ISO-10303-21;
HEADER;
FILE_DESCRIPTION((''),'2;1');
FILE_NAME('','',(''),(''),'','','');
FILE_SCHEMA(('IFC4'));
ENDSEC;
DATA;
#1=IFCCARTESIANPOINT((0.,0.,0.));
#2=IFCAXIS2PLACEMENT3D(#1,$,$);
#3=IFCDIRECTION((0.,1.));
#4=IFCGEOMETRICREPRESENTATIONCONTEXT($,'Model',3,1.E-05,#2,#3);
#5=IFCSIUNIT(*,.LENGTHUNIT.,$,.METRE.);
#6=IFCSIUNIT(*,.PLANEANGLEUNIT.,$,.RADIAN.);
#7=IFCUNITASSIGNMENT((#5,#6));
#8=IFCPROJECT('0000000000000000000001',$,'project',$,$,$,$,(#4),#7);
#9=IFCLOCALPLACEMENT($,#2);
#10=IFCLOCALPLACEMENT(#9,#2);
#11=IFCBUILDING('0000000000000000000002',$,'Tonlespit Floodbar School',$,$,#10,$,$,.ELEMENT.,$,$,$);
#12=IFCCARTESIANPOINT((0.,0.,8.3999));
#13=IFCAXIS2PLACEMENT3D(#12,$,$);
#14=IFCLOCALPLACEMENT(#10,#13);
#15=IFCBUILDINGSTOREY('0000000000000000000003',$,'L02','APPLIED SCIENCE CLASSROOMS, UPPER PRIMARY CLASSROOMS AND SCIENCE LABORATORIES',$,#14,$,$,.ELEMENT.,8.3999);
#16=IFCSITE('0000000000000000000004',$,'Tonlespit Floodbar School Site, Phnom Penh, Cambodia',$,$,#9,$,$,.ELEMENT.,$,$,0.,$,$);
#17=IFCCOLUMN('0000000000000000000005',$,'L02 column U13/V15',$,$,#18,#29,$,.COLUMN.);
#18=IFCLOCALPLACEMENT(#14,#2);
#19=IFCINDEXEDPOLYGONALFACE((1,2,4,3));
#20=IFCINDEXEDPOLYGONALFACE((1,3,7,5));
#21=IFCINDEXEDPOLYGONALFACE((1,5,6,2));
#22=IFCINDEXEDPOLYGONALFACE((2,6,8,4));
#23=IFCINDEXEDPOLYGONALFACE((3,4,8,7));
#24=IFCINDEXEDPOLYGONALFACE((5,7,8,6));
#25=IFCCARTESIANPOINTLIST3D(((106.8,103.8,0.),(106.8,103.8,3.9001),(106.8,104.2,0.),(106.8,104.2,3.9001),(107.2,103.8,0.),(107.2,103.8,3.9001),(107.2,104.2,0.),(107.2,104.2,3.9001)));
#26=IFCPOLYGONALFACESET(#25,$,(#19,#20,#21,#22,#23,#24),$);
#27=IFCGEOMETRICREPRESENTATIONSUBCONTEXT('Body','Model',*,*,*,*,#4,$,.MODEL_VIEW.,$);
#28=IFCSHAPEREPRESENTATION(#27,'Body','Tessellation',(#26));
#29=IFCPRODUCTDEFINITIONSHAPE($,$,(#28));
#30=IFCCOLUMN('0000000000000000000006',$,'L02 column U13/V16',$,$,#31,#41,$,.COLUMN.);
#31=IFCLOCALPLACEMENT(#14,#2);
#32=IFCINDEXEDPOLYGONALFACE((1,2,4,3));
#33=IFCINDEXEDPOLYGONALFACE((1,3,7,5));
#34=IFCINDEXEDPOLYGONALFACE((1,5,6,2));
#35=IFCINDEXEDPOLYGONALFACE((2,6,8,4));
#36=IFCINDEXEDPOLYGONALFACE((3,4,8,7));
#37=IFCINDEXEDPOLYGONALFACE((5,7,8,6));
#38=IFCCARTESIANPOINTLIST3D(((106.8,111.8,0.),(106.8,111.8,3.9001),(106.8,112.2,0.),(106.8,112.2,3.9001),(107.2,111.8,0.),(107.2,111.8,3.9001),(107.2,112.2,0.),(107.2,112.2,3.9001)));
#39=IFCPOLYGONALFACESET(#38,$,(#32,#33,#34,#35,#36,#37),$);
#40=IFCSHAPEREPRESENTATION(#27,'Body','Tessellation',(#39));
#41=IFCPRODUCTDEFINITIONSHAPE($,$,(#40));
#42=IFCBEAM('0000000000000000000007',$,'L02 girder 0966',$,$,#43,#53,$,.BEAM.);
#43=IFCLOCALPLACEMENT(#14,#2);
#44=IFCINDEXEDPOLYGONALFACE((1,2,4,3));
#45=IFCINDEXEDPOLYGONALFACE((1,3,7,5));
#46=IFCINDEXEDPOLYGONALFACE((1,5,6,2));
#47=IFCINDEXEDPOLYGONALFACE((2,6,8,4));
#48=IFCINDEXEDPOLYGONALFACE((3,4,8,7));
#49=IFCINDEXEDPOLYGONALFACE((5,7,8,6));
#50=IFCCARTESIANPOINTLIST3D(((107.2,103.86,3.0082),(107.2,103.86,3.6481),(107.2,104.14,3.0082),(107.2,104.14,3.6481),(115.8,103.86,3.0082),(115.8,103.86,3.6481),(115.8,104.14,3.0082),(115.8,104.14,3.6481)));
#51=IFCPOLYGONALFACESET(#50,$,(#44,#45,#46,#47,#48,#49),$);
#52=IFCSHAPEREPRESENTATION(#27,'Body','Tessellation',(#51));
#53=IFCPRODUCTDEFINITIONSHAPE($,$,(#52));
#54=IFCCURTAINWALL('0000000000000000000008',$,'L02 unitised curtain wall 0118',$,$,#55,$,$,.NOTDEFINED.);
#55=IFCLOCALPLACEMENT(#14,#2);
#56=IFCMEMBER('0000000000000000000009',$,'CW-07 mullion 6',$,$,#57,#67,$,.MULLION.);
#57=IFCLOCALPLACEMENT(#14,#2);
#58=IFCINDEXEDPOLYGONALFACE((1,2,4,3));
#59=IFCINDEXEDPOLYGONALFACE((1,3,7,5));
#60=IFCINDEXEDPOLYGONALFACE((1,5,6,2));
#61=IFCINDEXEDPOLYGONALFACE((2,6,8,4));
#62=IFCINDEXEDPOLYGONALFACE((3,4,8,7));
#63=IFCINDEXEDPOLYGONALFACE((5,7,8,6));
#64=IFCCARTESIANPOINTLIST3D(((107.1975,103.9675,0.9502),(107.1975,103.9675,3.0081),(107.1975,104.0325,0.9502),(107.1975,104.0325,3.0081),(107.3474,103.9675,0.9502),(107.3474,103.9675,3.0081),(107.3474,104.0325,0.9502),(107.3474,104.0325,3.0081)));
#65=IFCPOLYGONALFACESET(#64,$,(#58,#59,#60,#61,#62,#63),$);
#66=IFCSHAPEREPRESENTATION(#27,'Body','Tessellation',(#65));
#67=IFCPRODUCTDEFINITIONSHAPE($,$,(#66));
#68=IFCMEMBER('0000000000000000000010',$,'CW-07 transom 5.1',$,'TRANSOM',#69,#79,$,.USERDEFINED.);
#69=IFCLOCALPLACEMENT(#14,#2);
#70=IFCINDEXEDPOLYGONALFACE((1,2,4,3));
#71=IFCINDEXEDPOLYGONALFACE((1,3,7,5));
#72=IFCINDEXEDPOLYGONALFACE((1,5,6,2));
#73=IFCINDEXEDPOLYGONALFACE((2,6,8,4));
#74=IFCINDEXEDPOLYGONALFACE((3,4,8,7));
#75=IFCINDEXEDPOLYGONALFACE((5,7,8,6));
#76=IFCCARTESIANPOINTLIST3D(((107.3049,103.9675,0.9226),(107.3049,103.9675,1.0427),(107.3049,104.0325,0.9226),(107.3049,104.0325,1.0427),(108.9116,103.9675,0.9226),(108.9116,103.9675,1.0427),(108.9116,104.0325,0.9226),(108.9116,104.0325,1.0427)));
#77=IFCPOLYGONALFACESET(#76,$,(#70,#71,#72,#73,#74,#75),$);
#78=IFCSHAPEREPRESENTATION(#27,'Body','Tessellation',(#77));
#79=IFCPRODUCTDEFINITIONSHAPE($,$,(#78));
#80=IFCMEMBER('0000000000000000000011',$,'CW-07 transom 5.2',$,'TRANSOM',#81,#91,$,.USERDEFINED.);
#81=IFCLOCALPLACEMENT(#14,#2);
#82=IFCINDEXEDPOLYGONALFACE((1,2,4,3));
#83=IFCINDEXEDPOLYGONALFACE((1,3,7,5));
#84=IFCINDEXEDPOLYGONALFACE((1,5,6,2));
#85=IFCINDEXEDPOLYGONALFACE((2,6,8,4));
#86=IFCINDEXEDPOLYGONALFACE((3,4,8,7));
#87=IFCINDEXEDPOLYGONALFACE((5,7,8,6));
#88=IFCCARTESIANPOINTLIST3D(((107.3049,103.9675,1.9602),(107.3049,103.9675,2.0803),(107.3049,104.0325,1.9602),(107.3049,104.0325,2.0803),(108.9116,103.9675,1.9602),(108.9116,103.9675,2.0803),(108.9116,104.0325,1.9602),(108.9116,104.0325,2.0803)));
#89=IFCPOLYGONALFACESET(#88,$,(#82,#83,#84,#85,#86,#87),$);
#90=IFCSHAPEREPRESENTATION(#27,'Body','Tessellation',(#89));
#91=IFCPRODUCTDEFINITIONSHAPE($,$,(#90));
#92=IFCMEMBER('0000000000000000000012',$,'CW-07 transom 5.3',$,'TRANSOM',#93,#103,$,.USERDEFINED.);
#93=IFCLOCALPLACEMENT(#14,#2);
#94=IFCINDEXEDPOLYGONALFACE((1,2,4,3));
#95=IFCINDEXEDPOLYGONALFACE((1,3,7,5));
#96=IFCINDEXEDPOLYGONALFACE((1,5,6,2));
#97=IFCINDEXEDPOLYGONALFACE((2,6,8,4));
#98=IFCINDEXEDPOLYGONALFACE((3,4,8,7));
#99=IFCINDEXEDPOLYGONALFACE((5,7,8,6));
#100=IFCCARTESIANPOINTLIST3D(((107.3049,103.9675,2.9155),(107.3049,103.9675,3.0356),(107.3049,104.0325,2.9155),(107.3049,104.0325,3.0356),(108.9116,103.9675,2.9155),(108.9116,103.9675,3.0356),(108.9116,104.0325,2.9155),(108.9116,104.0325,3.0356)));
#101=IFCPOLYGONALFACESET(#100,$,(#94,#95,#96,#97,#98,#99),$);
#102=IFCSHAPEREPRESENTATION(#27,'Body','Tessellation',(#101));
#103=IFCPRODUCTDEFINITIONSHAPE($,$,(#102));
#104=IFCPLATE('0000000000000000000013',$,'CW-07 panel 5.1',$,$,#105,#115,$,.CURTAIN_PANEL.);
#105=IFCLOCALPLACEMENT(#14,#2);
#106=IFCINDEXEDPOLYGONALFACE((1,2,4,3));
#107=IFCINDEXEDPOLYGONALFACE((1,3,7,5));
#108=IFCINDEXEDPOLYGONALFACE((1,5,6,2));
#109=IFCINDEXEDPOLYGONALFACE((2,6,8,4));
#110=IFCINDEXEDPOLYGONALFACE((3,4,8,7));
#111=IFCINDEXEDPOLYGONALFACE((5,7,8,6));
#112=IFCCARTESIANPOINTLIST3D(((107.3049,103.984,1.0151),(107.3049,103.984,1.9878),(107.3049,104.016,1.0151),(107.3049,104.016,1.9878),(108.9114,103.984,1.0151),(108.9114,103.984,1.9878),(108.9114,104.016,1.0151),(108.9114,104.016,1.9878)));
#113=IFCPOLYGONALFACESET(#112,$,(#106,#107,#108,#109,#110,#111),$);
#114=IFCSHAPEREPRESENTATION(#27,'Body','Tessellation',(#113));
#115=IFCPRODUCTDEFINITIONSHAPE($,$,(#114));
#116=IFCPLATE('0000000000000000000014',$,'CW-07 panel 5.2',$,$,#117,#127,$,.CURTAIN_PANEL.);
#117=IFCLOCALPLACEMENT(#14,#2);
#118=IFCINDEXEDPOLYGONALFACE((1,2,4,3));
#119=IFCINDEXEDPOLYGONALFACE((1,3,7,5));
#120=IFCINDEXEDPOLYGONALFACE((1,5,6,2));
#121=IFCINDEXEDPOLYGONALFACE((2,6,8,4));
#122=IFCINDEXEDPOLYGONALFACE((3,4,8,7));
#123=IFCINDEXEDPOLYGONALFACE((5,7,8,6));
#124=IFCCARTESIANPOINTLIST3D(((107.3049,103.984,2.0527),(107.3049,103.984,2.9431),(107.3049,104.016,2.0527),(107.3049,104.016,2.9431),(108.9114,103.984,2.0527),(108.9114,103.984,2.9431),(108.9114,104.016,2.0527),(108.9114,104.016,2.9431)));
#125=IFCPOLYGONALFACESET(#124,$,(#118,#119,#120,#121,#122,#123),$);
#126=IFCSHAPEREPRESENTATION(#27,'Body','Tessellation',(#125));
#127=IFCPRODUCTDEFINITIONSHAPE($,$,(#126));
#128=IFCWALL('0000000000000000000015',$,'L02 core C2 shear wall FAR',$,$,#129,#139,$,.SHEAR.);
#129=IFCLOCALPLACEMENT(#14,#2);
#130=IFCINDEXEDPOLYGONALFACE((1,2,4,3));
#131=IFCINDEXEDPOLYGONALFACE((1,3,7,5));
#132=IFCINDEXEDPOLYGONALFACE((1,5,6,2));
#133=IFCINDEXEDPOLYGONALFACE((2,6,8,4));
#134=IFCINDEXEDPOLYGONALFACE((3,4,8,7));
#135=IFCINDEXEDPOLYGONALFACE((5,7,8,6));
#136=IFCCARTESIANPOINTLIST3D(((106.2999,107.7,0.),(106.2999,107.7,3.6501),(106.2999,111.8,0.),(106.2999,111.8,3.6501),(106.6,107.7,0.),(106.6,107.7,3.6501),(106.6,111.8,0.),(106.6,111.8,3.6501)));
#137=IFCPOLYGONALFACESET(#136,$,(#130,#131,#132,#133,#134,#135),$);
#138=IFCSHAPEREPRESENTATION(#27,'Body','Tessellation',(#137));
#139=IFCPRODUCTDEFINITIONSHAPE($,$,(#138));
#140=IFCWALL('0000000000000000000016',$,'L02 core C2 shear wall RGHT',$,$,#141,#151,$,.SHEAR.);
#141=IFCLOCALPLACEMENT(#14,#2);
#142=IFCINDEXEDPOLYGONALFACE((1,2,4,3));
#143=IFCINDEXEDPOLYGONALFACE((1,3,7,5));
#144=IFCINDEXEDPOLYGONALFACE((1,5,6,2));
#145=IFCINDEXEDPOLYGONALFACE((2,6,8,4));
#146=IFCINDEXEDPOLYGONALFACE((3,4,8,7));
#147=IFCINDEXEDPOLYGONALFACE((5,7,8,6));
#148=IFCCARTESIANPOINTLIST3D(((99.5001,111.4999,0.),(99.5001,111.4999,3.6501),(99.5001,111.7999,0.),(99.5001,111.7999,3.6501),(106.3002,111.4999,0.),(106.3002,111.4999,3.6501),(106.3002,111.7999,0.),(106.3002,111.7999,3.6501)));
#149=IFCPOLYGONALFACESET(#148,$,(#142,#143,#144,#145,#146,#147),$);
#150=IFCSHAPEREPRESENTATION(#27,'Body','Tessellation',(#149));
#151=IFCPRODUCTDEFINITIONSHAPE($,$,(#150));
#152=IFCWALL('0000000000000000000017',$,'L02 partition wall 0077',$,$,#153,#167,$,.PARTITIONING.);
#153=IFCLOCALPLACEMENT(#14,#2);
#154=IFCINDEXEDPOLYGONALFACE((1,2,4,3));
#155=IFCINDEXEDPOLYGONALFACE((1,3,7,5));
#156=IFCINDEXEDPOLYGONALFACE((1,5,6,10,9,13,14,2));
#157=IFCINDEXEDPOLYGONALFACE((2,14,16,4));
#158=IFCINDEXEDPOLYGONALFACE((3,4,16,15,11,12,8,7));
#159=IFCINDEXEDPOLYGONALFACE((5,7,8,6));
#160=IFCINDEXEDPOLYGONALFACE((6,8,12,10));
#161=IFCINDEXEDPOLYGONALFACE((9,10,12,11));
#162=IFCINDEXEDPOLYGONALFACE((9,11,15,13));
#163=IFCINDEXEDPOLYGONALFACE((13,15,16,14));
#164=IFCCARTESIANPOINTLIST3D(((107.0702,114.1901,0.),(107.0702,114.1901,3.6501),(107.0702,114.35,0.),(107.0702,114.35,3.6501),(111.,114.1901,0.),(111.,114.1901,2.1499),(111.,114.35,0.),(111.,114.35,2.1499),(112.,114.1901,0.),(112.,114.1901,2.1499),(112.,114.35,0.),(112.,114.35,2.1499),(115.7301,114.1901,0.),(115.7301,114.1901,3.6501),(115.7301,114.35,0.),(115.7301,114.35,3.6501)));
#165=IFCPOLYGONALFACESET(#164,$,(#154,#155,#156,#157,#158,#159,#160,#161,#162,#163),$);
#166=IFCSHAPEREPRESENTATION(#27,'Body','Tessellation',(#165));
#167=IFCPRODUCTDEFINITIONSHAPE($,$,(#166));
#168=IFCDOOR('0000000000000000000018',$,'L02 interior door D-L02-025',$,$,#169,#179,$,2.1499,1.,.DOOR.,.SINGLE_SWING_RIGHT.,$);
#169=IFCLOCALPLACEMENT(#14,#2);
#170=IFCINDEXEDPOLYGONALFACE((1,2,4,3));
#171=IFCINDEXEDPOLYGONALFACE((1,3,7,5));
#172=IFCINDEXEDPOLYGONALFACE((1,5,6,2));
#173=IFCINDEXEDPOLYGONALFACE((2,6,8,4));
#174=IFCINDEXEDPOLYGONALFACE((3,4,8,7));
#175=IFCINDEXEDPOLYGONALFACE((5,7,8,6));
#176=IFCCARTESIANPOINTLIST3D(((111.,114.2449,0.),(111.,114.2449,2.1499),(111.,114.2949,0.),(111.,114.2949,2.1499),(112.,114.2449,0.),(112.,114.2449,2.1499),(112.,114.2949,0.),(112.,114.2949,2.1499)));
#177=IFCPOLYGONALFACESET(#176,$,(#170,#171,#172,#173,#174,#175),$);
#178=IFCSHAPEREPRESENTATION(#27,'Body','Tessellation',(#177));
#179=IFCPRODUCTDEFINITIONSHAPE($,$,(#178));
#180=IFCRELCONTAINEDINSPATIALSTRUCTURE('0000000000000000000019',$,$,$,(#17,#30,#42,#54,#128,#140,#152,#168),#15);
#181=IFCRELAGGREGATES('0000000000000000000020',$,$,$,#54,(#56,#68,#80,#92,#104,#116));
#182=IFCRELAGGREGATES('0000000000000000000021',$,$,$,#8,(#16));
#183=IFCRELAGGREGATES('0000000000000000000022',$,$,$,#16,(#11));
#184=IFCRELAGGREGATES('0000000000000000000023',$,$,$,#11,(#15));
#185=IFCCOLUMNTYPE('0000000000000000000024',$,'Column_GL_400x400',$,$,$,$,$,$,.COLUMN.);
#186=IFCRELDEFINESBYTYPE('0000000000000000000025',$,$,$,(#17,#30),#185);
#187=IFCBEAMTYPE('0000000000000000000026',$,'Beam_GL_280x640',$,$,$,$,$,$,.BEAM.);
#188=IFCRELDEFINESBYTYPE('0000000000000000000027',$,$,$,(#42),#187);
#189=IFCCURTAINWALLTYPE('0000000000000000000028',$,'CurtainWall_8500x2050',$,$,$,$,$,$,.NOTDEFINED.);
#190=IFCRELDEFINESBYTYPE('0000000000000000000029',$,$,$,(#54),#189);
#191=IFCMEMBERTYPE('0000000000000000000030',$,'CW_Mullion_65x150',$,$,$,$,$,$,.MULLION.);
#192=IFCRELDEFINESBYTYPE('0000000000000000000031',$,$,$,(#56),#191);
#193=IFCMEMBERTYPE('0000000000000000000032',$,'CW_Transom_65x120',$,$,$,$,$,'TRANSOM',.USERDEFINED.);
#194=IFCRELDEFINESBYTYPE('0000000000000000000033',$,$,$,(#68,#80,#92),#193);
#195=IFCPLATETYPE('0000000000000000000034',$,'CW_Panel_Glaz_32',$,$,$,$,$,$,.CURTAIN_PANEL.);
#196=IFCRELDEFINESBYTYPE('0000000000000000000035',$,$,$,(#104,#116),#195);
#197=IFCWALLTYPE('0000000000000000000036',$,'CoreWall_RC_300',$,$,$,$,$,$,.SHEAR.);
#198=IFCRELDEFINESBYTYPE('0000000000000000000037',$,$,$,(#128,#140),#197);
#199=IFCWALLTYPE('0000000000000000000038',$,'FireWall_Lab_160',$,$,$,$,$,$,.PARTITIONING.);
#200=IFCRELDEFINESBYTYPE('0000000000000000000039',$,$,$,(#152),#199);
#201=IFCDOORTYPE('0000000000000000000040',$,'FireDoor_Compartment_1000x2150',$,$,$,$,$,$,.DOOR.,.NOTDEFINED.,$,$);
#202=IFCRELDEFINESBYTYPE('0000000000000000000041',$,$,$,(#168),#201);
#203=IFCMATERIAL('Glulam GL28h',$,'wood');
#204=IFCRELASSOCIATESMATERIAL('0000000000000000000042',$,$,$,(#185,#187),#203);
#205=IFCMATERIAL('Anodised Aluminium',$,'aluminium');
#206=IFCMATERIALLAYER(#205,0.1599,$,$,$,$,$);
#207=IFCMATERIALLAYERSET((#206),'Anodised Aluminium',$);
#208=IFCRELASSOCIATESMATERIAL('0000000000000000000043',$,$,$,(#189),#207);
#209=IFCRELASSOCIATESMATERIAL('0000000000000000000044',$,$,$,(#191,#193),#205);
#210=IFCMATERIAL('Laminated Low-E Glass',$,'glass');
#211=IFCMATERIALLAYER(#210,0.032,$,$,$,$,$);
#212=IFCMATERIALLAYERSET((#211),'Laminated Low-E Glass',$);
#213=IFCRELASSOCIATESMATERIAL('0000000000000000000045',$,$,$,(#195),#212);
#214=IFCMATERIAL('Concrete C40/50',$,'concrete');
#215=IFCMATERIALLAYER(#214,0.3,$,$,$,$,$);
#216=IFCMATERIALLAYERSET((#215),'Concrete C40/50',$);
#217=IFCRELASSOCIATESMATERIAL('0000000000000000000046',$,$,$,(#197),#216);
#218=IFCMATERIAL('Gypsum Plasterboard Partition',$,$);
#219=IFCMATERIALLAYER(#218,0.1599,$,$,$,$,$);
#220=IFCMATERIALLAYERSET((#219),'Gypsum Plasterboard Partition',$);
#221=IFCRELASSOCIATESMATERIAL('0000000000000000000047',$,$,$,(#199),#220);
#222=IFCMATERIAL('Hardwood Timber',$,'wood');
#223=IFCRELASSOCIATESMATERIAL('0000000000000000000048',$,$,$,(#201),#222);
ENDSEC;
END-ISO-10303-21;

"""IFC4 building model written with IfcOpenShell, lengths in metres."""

from ifc_helpers import new_model, si_unit, direction, frame, frame_2d, origin, origin_2d, place, context, subcontext, project, spatial, rectangle, extrude, material, layer, layer_set, material_profile, profile_set, type_object, element, fill, aggregate, save


model = new_model("IFC4")

# Units and contexts
model_context = context("Model", 3, precision=1e-05, world=origin(), true_north=direction((0.0, 1.0)))
body_context = subcontext(model_context, "Body", "Model", "MODEL_VIEW")
ifc_project = project(units=[si_unit("LENGTHUNIT", "METRE"), si_unit("PLANEANGLEUNIT", "RADIAN")], contexts=[model_context])

# Site, building, storey
site_placement = place(None, origin())
site = spatial("IfcSite", under=ifc_project, at=site_placement, Name="Tonlespit Floodbar School Site, Phnom Penh, Cambodia", CompositionType="ELEMENT", RefElevation=0.0)
building_placement = place(site_placement, origin())
building = spatial("IfcBuilding", under=site, at=building_placement, Name="Tonlespit Floodbar School", CompositionType="ELEMENT")
storey_placement = place(building_placement, frame((0.0, 0.0, 8.3999)))
storey = spatial("IfcBuildingStorey", under=building, at=storey_placement, Name="L02", Description="APPLIED SCIENCE CLASSROOMS, UPPER PRIMARY CLASSROOMS AND SCIENCE LABORATORIES", CompositionType="ELEMENT", Elevation=8.3999)

# Columns
ifc_material_1 = material(Name="Glulam GL28h", Category="wood")
ifc_material_profile_1 = material_profile(ifc_material_1, rectangle(XDim=0.3999, YDim=0.3999, at=origin_2d()), Name="GL 400x400")
ifc_profile_set_1 = profile_set([ifc_material_profile_1], Name="Glulam GL28h")
column_type = type_object("IfcColumnType", Name="Column_GL_400x400", PredefinedType="COLUMN", material=ifc_profile_set_1)
for number, where, z_axis, x_axis, name in (
    (1, (107.0, 104.0, 0.0), (0.0, 0.0, 1.0), (1.0, 0.0, 0.0), "L02 column U13/V15"),
    (2, (107.0, 112.0, 0.0), (0.0, 0.0, 1.0), (1.0, 0.0, 0.0), "L02 column U13/V16"),
):
    element("IfcColumn", number, at=place(storey_placement, frame(where, z_axis=z_axis, x_axis=x_axis)), inside=storey, type_object=column_type, Name=name, PredefinedType="COLUMN", context=body_context, shape_type="SweptSolid", body=[
        extrude(rectangle(XDim=0.3999, YDim=0.3999, at=origin_2d()), origin(), (0.0, 0.0, 1.0), 3.9001),
    ])

# Beam
ifc_material_profile_2 = material_profile(ifc_material_1, rectangle(XDim=0.28, YDim=0.6399, at=origin_2d()), Name="GL 280x640")
ifc_profile_set_2 = profile_set([ifc_material_profile_2], Name="Glulam GL28h")
beam_type = type_object("IfcBeamType", Name="Beam_GL_280x640", PredefinedType="BEAM", material=ifc_profile_set_2)
beam_placement = place(storey_placement, frame((107.2, 104.0, 3.3281), z_axis=(1.0, 0.0, 0.0), x_axis=(0.0, 1.0, 0.0)))
element("IfcBeam", 3, at=beam_placement, inside=storey, type_object=beam_type, Name="L02 girder 0966", PredefinedType="BEAM", context=body_context, shape_type="SweptSolid", body=[
    extrude(rectangle(XDim=0.28, YDim=0.6399, at=origin_2d()), origin(), (0.0, 0.0, 1.0), 8.6001),
])

# Curtain wall, members, plates
ifc_material_2 = material(Name="Anodised Aluminium", Category="aluminium")
ifc_layer_1 = layer(ifc_material_2, 0.1599)
ifc_layer_set_1 = layer_set([ifc_layer_1], Name="Anodised Aluminium")
curtain_wall_type = type_object("IfcCurtainWallType", Name="CurtainWall_8500x2050", PredefinedType="NOTDEFINED", material=ifc_layer_set_1)
curtain_wall_placement = place(storey_placement, origin())
curtain_wall = element("IfcCurtainWall", 4, at=curtain_wall_placement, inside=storey, type_object=curtain_wall_type, Name="L02 unitised curtain wall 0118", PredefinedType="NOTDEFINED")
ifc_material_profile_3 = material_profile(ifc_material_2, rectangle(XDim=0.0649, YDim=0.1499, at=origin_2d()), Name="ALU M65x150")
ifc_profile_set_3 = profile_set([ifc_material_profile_3], Name="Anodised Aluminium")
member_type_1 = type_object("IfcMemberType", Name="CW_Mullion_65x150", PredefinedType="MULLION", material=ifc_profile_set_3)
member_1_placement = place(storey_placement, frame((107.2725, 104.0, 0.9502), z_axis=(0.0, 0.0, 1.0), x_axis=(0.0, -1.0, 0.0)))
member_1 = element("IfcMember", 5, at=member_1_placement, type_object=member_type_1, Name="CW-07 mullion 6", PredefinedType="MULLION", context=body_context, shape_type="SweptSolid", body=[
    extrude(rectangle(XDim=0.0649, YDim=0.1499, at=origin_2d()), origin(), (0.0, 0.0, 1.0), 2.0579),
])
ifc_material_profile_4 = material_profile(ifc_material_2, rectangle(XDim=0.0649, YDim=0.1201, at=origin_2d()), Name="ALU T65x120")
ifc_profile_set_4 = profile_set([ifc_material_profile_4], Name="Anodised Aluminium")
member_type_2 = type_object("IfcMemberType", Name="CW_Transom_65x120", ElementType="TRANSOM", PredefinedType="USERDEFINED", material=ifc_profile_set_4)
member_2_placement = place(storey_placement, frame((108.9116, 104.0, 0.9827), z_axis=(-1.0, 0.0, 0.0), x_axis=(0.0, -1.0, 0.0)))
member_2 = element("IfcMember", 6, at=member_2_placement, type_object=member_type_2, Name="CW-07 transom 5.1", ObjectType="TRANSOM", PredefinedType="USERDEFINED", context=body_context, shape_type="SweptSolid", body=[
    extrude(rectangle(XDim=0.0649, YDim=0.1201, at=origin_2d()), origin(), (0.0, 0.0, 1.0), 1.6067),
])
member_3_placement = place(storey_placement, frame((108.9116, 104.0, 2.0203), z_axis=(-1.0, 0.0, 0.0), x_axis=(0.0, -1.0, 0.0)))
member_3 = element("IfcMember", 7, at=member_3_placement, type_object=member_type_2, Name="CW-07 transom 5.2", ObjectType="TRANSOM", PredefinedType="USERDEFINED", context=body_context, shape_type="SweptSolid", body=[
    extrude(rectangle(XDim=0.0649, YDim=0.1201, at=origin_2d()), origin(), (0.0, 0.0, 1.0), 1.6067),
])
member_4_placement = place(storey_placement, frame((108.9116, 104.0, 2.9756), z_axis=(-1.0, 0.0, 0.0), x_axis=(0.0, -1.0, 0.0)))
member_4 = element("IfcMember", 8, at=member_4_placement, type_object=member_type_2, Name="CW-07 transom 5.3", ObjectType="TRANSOM", PredefinedType="USERDEFINED", context=body_context, shape_type="SweptSolid", body=[
    extrude(rectangle(XDim=0.0649, YDim=0.1201, at=origin_2d()), origin(), (0.0, 0.0, 1.0), 1.6067),
])
ifc_material_3 = material(Name="Laminated Low-E Glass", Category="glass")
ifc_layer_2 = layer(ifc_material_3, 0.032)
ifc_layer_set_2 = layer_set([ifc_layer_2], Name="Laminated Low-E Glass")
plate_type = type_object("IfcPlateType", Name="CW_Panel_Glaz_32", PredefinedType="CURTAIN_PANEL", material=ifc_layer_set_2)
plate_1_placement = place(storey_placement, frame((108.1082, 104.0, 1.0151), z_axis=(0.0, 0.0, 1.0), x_axis=(-1.0, 0.0, 0.0)))
plate_1 = element("IfcPlate", 9, at=plate_1_placement, type_object=plate_type, Name="CW-07 panel 5.1", PredefinedType="CURTAIN_PANEL", context=body_context, shape_type="SweptSolid", body=[
    extrude(rectangle(XDim=1.6064, YDim=0.032, at=origin_2d()), origin(), (0.0, 0.0, 1.0), 0.9727),
])
plate_2_placement = place(storey_placement, frame((108.1082, 104.0, 2.0527), z_axis=(0.0, 0.0, 1.0), x_axis=(-1.0, 0.0, 0.0)))
plate_2 = element("IfcPlate", 10, at=plate_2_placement, type_object=plate_type, Name="CW-07 panel 5.2", PredefinedType="CURTAIN_PANEL", context=body_context, shape_type="SweptSolid", body=[
    extrude(rectangle(XDim=1.6064, YDim=0.032, at=origin_2d()), origin(), (0.0, 0.0, 1.0), 0.8904),
])
aggregate(curtain_wall, [member_1, member_2, member_3, member_4, plate_1, plate_2])

# Walls
ifc_material_4 = material(Name="Concrete C40/50", Category="concrete")
ifc_layer_3 = layer(ifc_material_4, 0.3)
ifc_layer_set_3 = layer_set([ifc_layer_3], Name="Concrete C40/50")
wall_type_1 = type_object("IfcWallType", Name="CoreWall_RC_300", PredefinedType="SHEAR", material=ifc_layer_set_3)
wall_1_placement = place(storey_placement, frame((106.45, 111.8, 0.0), z_axis=(0.0, 0.0, 1.0), x_axis=(0.0, -1.0, 0.0)))
element("IfcWall", 11, at=wall_1_placement, inside=storey, type_object=wall_type_1, Name="L02 core C2 shear wall FAR", PredefinedType="SHEAR", context=body_context, shape_type="SweptSolid", body=[
    extrude(rectangle(XDim=4.1001, YDim=0.3, at=frame_2d((2.05, 0.0))), origin(), (0.0, 0.0, 1.0), 3.6501),
])
wall_2_placement = place(storey_placement, frame((106.3, 111.6499, 0.0), z_axis=(0.0, 0.0, 1.0), x_axis=(-1.0, 0.0, 0.0)))
element("IfcWall", 12, at=wall_2_placement, inside=storey, type_object=wall_type_1, Name="L02 core C2 shear wall RGHT", PredefinedType="SHEAR", context=body_context, shape_type="SweptSolid", body=[
    extrude(rectangle(XDim=6.8, YDim=0.3, at=frame_2d((3.3999, 0.0))), origin(), (0.0, 0.0, 1.0), 3.6501),
])

# Wall, opening, door
ifc_material_5 = material(Name="Gypsum Plasterboard Partition")
ifc_layer_4 = layer(ifc_material_5, 0.1599)
ifc_layer_set_4 = layer_set([ifc_layer_4], Name="Gypsum Plasterboard Partition")
wall_type_2 = type_object("IfcWallType", Name="FireWall_Lab_160", PredefinedType="PARTITIONING", material=ifc_layer_set_4)
wall_3_placement = place(storey_placement, frame((107.0701, 114.27, 0.0), z_axis=(0.0, 0.0, 1.0), x_axis=(1.0, 0.0, 0.0)))
wall_3 = element("IfcWall", 13, at=wall_3_placement, inside=storey, type_object=wall_type_2, Name="L02 partition wall 0077", PredefinedType="PARTITIONING", context=body_context, shape_type="SweptSolid", body=[
    extrude(rectangle(XDim=8.6599, YDim=0.1599, at=frame_2d((4.3301, 0.0))), origin(), (0.0, 0.0, 1.0), 3.6501),
])
opening_1_placement = place(wall_3_placement, frame((3.9299, 0.0, 0.0)))
opening_1 = element("IfcOpeningElement", 14, at=opening_1_placement, cuts=wall_3, PredefinedType="OPENING", context=body_context, shape_type="SweptSolid", body=[
    extrude(rectangle(XDim=1.0, YDim=2.1499, at=frame_2d((0.5, 1.075))), frame((0.0, 0.0898, 0.0), z_axis=(0.0, -1.0, 0.0), x_axis=(1.0, 0.0, 0.0)), (0.0, 0.0, 1.0), 0.1799),
])
ifc_material_6 = material(Name="Hardwood Timber", Category="wood")
door_type_1 = type_object("IfcDoorType", Name="FireDoor_Compartment_1000x2150", OperationType="NOTDEFINED", PredefinedType="DOOR", material=ifc_material_6)
door_1_placement = place(opening_1_placement, origin())
door_1 = element("IfcDoor", 15, at=door_1_placement, inside=storey, type_object=door_type_1, Name="L02 interior door D-L02-025", OperationType="SINGLE_SWING_RIGHT", OverallHeight=2.1499, OverallWidth=1.0, PredefinedType="DOOR", context=body_context, shape_type="SweptSolid", body=[
    extrude(rectangle(XDim=1.0, YDim=2.1499, at=frame_2d((0.5, 1.075))), frame((0.0, 0.0249, 0.0), z_axis=(0.0, -1.0, 0.0), x_axis=(1.0, 0.0, 0.0)), (0.0, 0.0, 1.0), 0.05),
])
fill(opening_1, door_1)

save(model, "model.ifc")
